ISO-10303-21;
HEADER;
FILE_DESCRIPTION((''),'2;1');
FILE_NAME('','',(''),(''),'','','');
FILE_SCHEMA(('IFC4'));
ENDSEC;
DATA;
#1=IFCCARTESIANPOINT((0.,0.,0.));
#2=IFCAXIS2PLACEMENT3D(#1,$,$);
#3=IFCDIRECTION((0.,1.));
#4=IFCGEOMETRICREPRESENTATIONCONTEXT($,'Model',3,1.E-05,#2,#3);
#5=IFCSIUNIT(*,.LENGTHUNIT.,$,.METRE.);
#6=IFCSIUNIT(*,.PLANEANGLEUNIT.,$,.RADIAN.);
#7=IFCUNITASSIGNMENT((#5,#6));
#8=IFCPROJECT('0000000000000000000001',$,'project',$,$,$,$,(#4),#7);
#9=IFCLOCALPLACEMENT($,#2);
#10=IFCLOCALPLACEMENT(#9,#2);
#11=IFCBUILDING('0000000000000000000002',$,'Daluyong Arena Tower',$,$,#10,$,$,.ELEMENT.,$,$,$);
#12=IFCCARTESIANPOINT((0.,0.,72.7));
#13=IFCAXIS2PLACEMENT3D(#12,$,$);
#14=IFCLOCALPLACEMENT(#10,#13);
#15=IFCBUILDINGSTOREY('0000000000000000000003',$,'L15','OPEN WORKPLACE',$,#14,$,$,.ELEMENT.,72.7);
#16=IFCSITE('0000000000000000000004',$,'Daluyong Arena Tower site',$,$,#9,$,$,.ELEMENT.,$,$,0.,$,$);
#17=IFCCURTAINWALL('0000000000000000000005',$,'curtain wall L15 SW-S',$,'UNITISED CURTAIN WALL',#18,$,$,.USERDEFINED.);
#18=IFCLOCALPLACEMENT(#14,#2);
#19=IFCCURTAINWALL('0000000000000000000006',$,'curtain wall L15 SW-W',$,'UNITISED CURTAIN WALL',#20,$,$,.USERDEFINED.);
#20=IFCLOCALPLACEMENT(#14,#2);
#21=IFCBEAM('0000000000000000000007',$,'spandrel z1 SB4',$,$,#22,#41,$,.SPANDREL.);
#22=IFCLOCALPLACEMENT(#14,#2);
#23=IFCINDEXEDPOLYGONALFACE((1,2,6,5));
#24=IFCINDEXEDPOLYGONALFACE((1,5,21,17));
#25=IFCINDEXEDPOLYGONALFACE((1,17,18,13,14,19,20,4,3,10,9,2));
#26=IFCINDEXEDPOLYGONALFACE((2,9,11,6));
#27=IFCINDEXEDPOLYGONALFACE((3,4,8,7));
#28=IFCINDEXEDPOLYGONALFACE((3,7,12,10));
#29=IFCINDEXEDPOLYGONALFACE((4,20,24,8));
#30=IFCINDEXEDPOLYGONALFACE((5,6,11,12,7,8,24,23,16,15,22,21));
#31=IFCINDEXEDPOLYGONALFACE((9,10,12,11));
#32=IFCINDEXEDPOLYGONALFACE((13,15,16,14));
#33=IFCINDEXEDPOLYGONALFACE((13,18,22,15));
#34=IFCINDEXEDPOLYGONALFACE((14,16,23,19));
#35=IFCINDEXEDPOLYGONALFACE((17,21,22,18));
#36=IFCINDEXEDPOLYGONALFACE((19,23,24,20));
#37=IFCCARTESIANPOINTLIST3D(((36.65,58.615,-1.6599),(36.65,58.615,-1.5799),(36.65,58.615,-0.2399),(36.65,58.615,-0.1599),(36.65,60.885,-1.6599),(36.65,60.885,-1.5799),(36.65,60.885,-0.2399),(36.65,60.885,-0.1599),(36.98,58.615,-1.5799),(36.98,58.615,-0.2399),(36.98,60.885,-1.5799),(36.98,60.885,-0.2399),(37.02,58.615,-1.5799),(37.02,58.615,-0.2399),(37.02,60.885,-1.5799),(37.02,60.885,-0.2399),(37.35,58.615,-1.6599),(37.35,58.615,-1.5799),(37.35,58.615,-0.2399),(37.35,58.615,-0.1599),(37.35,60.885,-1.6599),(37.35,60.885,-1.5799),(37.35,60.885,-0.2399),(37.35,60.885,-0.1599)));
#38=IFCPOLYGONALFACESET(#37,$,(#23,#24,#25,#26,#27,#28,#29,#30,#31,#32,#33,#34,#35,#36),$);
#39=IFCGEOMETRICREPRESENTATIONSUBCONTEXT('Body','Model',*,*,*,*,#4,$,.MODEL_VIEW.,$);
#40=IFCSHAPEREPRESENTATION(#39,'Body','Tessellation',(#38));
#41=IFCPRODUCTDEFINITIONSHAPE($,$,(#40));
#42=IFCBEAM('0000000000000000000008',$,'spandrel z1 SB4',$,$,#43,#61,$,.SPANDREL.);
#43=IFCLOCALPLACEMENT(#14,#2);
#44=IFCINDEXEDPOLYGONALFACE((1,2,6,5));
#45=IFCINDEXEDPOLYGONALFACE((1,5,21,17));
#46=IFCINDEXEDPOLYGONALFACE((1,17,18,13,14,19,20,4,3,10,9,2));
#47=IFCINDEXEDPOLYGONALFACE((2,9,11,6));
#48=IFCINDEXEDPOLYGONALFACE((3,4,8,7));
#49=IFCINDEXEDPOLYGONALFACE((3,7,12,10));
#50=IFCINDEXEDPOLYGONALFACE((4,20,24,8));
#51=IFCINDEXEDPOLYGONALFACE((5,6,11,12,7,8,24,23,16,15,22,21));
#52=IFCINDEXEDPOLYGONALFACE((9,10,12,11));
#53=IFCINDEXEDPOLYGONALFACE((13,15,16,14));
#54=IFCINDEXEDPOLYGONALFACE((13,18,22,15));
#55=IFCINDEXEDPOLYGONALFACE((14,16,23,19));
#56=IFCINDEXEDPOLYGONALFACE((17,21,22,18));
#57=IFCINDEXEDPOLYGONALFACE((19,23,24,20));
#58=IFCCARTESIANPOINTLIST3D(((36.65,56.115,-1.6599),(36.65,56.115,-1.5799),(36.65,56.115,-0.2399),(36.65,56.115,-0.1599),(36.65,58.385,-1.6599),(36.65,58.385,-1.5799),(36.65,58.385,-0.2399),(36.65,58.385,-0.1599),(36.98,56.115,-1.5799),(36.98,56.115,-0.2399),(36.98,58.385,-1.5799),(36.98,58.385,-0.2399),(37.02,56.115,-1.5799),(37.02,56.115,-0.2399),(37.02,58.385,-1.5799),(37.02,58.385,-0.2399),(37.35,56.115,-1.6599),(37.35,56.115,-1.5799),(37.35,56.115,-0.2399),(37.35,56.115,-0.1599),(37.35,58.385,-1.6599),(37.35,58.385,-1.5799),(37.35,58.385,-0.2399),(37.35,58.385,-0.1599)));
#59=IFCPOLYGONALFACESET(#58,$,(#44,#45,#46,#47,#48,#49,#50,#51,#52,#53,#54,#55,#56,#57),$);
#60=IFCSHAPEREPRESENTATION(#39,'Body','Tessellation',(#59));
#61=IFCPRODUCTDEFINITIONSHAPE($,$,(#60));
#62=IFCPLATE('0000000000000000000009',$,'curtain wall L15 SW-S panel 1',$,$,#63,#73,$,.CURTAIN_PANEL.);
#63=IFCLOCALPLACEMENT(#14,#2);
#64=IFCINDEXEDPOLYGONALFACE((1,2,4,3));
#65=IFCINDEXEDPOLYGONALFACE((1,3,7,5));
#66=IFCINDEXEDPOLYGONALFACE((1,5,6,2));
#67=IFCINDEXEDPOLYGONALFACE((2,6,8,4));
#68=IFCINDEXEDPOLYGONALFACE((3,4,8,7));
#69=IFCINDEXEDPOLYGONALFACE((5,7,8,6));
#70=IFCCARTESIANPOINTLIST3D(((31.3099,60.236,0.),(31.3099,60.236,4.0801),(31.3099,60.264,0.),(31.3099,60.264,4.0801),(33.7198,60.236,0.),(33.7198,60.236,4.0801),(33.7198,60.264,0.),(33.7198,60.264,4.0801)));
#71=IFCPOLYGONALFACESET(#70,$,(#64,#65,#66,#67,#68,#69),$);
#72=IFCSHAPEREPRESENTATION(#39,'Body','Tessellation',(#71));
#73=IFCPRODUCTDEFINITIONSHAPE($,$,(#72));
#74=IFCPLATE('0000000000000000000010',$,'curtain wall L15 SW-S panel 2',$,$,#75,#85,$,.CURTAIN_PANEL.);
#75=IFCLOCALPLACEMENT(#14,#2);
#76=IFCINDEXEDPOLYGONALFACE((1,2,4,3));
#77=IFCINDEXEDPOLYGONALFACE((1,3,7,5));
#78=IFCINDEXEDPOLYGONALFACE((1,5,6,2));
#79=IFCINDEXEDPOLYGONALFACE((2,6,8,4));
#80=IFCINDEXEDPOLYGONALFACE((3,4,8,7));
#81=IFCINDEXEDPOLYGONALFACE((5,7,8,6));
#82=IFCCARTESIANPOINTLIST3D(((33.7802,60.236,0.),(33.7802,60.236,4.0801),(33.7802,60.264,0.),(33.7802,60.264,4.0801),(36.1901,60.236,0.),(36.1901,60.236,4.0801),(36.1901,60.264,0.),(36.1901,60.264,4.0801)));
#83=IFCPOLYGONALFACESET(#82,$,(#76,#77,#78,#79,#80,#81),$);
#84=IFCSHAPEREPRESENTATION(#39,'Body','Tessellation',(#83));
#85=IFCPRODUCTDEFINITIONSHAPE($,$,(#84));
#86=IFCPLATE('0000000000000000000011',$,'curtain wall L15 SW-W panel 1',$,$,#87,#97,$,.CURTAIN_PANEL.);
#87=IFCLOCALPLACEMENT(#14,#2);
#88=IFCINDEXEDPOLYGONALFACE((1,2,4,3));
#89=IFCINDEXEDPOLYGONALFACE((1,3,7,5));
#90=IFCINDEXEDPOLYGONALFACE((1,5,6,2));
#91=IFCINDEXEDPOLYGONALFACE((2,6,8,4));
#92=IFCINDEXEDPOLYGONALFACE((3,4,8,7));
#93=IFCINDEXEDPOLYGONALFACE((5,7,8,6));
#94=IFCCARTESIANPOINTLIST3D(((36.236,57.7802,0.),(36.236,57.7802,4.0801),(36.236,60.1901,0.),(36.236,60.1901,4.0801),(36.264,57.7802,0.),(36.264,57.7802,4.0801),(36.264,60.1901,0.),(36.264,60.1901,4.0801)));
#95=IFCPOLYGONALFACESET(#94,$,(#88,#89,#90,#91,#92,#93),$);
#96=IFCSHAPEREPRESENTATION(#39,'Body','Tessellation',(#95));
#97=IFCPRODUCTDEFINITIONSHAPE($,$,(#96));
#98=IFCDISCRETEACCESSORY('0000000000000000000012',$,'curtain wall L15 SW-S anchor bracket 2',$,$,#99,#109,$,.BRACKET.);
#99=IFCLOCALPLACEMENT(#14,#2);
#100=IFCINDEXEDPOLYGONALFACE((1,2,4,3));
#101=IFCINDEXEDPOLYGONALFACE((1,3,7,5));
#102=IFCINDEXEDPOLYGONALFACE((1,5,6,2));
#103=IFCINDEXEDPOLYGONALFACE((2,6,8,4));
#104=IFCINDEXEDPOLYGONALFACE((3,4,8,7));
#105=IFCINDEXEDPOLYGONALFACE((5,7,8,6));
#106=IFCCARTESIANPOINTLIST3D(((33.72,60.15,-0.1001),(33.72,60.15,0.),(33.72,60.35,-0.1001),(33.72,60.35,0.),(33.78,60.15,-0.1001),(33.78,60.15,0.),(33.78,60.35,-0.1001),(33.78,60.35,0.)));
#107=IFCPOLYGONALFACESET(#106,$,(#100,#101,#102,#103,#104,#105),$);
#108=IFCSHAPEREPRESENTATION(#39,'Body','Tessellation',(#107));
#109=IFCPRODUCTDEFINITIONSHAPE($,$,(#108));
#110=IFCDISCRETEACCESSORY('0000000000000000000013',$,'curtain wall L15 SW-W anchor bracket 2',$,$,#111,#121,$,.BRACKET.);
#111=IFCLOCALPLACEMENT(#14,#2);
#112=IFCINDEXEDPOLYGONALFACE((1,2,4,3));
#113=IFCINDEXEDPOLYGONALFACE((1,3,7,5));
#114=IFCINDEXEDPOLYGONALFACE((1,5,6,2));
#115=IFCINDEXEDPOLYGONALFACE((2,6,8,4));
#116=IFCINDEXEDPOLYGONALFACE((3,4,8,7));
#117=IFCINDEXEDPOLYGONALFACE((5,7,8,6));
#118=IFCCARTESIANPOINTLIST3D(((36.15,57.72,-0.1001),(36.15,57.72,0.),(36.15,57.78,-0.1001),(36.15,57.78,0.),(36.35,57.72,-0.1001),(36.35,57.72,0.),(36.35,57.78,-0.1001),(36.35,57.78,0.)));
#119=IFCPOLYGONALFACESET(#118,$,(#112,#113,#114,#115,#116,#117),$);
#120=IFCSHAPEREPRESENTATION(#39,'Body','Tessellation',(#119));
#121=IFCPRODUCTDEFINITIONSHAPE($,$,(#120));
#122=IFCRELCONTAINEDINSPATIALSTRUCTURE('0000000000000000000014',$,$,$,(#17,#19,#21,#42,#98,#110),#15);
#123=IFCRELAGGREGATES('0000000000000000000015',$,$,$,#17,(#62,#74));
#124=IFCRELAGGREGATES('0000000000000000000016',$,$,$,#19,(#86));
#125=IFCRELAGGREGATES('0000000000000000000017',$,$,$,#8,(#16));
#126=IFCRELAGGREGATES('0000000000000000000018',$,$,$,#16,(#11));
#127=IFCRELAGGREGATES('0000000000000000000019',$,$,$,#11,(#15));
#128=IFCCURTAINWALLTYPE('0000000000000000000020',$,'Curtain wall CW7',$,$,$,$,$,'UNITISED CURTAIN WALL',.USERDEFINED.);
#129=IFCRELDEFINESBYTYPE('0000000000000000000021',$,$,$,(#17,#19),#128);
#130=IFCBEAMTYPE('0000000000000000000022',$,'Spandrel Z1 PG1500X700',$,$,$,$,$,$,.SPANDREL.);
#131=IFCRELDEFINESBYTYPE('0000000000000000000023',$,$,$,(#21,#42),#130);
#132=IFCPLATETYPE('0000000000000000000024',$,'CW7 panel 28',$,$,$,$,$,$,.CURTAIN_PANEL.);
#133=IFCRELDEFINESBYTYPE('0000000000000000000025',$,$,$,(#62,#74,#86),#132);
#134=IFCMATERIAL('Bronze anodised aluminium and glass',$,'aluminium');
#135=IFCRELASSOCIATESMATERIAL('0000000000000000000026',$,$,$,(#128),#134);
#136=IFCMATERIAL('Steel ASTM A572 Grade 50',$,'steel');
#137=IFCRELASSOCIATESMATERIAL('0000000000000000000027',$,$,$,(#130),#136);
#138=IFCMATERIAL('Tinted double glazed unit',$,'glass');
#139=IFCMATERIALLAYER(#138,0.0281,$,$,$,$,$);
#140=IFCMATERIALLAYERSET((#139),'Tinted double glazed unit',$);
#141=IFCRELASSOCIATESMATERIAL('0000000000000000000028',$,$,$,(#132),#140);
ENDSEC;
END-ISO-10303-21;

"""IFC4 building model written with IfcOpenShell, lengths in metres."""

from ifc_helpers import new_model, si_unit, direction, frame, origin, origin_2d, place, context, subcontext, project, spatial, rectangle, i_section, extrude, material, layer, layer_set, material_profile, profile_set, type_object, element, aggregate, save


model = new_model("IFC4")

# Units and contexts
model_context = context("Model", 3, precision=1e-05, world=origin(), true_north=direction((0.0, 1.0)))
body_context = subcontext(model_context, "Body", "Model", "MODEL_VIEW")
ifc_project = project(units=[si_unit("LENGTHUNIT", "METRE"), si_unit("PLANEANGLEUNIT", "RADIAN")], contexts=[model_context])

# Site, building, storey
site_placement = place(None, origin())
site = spatial("IfcSite", under=ifc_project, at=site_placement, Name="Daluyong Arena Tower site", CompositionType="ELEMENT", RefElevation=0.0)
building_placement = place(site_placement, origin())
building = spatial("IfcBuilding", under=site, at=building_placement, Name="Daluyong Arena Tower", CompositionType="ELEMENT")
storey_placement = place(building_placement, frame((0.0, 0.0, 72.7)))
storey = spatial("IfcBuildingStorey", under=building, at=storey_placement, Name="L15", Description="OPEN WORKPLACE", CompositionType="ELEMENT", Elevation=72.7)

# Curtain walls
ifc_material_1 = material(Name="Bronze anodised aluminium and glass", Category="aluminium")
curtain_wall_type = type_object("IfcCurtainWallType", Name="Curtain wall CW7", ElementType="UNITISED CURTAIN WALL", PredefinedType="USERDEFINED", material=ifc_material_1)
curtain_wall_1_placement = place(storey_placement, origin())
curtain_wall_1 = element("IfcCurtainWall", 1, at=curtain_wall_1_placement, inside=storey, type_object=curtain_wall_type, Name="curtain wall L15 SW-S", ObjectType="UNITISED CURTAIN WALL", PredefinedType="USERDEFINED")
curtain_wall_2_placement = place(storey_placement, origin())
curtain_wall_2 = element("IfcCurtainWall", 2, at=curtain_wall_2_placement, inside=storey, type_object=curtain_wall_type, Name="curtain wall L15 SW-W", ObjectType="UNITISED CURTAIN WALL", PredefinedType="USERDEFINED")

# Beams
ifc_material_2 = material(Name="Steel ASTM A572 Grade 50", Category="steel")
ifc_material_profile_1 = material_profile(ifc_material_2, i_section(OverallWidth=0.7, OverallDepth=1.5, WebThickness=0.04, FlangeThickness=0.08, at=origin_2d()))
ifc_profile_set_1 = profile_set([ifc_material_profile_1], Name="Steel ASTM A572 Grade 50")
beam_type_1 = type_object("IfcBeamType", Name="Spandrel Z1 PG1500X700", PredefinedType="SPANDREL", material=ifc_profile_set_1)
for number, where, z_axis, x_axis, name in (
    (3, (37.0, 60.885, -0.9099), (0.0, -1.0, 0.0), (1.0, 0.0, 0.0), "spandrel z1 SB4"),
    (4, (37.0, 58.385, -0.9099), (0.0, -1.0, 0.0), (1.0, 0.0, 0.0), "spandrel z1 SB4"),
):
    element("IfcBeam", number, at=place(storey_placement, frame(where, z_axis=z_axis, x_axis=x_axis)), inside=storey, type_object=beam_type_1, Name=name, PredefinedType="SPANDREL", context=body_context, shape_type="SweptSolid", body=[
        extrude(i_section(OverallWidth=0.7, OverallDepth=1.5, WebThickness=0.04, FlangeThickness=0.08, at=origin_2d()), origin(), (0.0, 0.0, 1.0), 2.27),
    ])

# Plates
ifc_material_3 = material(Name="Tinted double glazed unit", Category="glass")
ifc_layer = layer(ifc_material_3, 0.0281)
ifc_layer_set = layer_set([ifc_layer], Name="Tinted double glazed unit")
plate_type = type_object("IfcPlateType", Name="CW7 panel 28", PredefinedType="CURTAIN_PANEL", material=ifc_layer_set)
plate_1_placement = place(storey_placement, frame((32.5149, 60.25, 0.0), z_axis=(0.0, 0.0, 1.0), x_axis=(1.0, 0.0, 0.0)))
plate_1 = element("IfcPlate", 5, at=plate_1_placement, type_object=plate_type, Name="curtain wall L15 SW-S panel 1", PredefinedType="CURTAIN_PANEL", context=body_context, shape_type="SweptSolid", body=[
    extrude(rectangle(XDim=2.4099, YDim=0.0281, at=origin_2d()), origin(), (0.0, 0.0, 1.0), 4.0801),
])
plate_2_placement = place(storey_placement, frame((34.9851, 60.25, 0.0), z_axis=(0.0, 0.0, 1.0), x_axis=(1.0, 0.0, 0.0)))
plate_2 = element("IfcPlate", 6, at=plate_2_placement, type_object=plate_type, Name="curtain wall L15 SW-S panel 2", PredefinedType="CURTAIN_PANEL", context=body_context, shape_type="SweptSolid", body=[
    extrude(rectangle(XDim=2.4099, YDim=0.0281, at=origin_2d()), origin(), (0.0, 0.0, 1.0), 4.0801),
])
aggregate(curtain_wall_1, [plate_1, plate_2])
plate_3_placement = place(storey_placement, frame((36.25, 58.9851, 0.0), z_axis=(0.0, 0.0, 1.0), x_axis=(0.0, -1.0, 0.0)))
plate_3 = element("IfcPlate", 7, at=plate_3_placement, type_object=plate_type, Name="curtain wall L15 SW-W panel 1", PredefinedType="CURTAIN_PANEL", context=body_context, shape_type="SweptSolid", body=[
    extrude(rectangle(XDim=2.4099, YDim=0.0281, at=origin_2d()), origin(), (0.0, 0.0, 1.0), 4.0801),
])
aggregate(curtain_wall_2, [plate_3])

# Discrete accessories
for number, where, z_axis, x_axis, name in (
    (8, (33.75, 60.25, -0.1001), (0.0, 0.0, 1.0), (1.0, 0.0, 0.0), "curtain wall L15 SW-S anchor bracket 2"),
    (9, (36.25, 57.75, -0.1001), (0.0, 0.0, 1.0), (0.0, -1.0, 0.0), "curtain wall L15 SW-W anchor bracket 2"),
):
    element("IfcDiscreteAccessory", number, at=place(storey_placement, frame(where, z_axis=z_axis, x_axis=x_axis)), inside=storey, Name=name, PredefinedType="BRACKET", context=body_context, shape_type="SweptSolid", body=[
        extrude(rectangle(XDim=0.0601, YDim=0.2, at=origin_2d()), origin(), (0.0, 0.0, 1.0), 0.1001),
    ])

save(model, "model.ifc")
